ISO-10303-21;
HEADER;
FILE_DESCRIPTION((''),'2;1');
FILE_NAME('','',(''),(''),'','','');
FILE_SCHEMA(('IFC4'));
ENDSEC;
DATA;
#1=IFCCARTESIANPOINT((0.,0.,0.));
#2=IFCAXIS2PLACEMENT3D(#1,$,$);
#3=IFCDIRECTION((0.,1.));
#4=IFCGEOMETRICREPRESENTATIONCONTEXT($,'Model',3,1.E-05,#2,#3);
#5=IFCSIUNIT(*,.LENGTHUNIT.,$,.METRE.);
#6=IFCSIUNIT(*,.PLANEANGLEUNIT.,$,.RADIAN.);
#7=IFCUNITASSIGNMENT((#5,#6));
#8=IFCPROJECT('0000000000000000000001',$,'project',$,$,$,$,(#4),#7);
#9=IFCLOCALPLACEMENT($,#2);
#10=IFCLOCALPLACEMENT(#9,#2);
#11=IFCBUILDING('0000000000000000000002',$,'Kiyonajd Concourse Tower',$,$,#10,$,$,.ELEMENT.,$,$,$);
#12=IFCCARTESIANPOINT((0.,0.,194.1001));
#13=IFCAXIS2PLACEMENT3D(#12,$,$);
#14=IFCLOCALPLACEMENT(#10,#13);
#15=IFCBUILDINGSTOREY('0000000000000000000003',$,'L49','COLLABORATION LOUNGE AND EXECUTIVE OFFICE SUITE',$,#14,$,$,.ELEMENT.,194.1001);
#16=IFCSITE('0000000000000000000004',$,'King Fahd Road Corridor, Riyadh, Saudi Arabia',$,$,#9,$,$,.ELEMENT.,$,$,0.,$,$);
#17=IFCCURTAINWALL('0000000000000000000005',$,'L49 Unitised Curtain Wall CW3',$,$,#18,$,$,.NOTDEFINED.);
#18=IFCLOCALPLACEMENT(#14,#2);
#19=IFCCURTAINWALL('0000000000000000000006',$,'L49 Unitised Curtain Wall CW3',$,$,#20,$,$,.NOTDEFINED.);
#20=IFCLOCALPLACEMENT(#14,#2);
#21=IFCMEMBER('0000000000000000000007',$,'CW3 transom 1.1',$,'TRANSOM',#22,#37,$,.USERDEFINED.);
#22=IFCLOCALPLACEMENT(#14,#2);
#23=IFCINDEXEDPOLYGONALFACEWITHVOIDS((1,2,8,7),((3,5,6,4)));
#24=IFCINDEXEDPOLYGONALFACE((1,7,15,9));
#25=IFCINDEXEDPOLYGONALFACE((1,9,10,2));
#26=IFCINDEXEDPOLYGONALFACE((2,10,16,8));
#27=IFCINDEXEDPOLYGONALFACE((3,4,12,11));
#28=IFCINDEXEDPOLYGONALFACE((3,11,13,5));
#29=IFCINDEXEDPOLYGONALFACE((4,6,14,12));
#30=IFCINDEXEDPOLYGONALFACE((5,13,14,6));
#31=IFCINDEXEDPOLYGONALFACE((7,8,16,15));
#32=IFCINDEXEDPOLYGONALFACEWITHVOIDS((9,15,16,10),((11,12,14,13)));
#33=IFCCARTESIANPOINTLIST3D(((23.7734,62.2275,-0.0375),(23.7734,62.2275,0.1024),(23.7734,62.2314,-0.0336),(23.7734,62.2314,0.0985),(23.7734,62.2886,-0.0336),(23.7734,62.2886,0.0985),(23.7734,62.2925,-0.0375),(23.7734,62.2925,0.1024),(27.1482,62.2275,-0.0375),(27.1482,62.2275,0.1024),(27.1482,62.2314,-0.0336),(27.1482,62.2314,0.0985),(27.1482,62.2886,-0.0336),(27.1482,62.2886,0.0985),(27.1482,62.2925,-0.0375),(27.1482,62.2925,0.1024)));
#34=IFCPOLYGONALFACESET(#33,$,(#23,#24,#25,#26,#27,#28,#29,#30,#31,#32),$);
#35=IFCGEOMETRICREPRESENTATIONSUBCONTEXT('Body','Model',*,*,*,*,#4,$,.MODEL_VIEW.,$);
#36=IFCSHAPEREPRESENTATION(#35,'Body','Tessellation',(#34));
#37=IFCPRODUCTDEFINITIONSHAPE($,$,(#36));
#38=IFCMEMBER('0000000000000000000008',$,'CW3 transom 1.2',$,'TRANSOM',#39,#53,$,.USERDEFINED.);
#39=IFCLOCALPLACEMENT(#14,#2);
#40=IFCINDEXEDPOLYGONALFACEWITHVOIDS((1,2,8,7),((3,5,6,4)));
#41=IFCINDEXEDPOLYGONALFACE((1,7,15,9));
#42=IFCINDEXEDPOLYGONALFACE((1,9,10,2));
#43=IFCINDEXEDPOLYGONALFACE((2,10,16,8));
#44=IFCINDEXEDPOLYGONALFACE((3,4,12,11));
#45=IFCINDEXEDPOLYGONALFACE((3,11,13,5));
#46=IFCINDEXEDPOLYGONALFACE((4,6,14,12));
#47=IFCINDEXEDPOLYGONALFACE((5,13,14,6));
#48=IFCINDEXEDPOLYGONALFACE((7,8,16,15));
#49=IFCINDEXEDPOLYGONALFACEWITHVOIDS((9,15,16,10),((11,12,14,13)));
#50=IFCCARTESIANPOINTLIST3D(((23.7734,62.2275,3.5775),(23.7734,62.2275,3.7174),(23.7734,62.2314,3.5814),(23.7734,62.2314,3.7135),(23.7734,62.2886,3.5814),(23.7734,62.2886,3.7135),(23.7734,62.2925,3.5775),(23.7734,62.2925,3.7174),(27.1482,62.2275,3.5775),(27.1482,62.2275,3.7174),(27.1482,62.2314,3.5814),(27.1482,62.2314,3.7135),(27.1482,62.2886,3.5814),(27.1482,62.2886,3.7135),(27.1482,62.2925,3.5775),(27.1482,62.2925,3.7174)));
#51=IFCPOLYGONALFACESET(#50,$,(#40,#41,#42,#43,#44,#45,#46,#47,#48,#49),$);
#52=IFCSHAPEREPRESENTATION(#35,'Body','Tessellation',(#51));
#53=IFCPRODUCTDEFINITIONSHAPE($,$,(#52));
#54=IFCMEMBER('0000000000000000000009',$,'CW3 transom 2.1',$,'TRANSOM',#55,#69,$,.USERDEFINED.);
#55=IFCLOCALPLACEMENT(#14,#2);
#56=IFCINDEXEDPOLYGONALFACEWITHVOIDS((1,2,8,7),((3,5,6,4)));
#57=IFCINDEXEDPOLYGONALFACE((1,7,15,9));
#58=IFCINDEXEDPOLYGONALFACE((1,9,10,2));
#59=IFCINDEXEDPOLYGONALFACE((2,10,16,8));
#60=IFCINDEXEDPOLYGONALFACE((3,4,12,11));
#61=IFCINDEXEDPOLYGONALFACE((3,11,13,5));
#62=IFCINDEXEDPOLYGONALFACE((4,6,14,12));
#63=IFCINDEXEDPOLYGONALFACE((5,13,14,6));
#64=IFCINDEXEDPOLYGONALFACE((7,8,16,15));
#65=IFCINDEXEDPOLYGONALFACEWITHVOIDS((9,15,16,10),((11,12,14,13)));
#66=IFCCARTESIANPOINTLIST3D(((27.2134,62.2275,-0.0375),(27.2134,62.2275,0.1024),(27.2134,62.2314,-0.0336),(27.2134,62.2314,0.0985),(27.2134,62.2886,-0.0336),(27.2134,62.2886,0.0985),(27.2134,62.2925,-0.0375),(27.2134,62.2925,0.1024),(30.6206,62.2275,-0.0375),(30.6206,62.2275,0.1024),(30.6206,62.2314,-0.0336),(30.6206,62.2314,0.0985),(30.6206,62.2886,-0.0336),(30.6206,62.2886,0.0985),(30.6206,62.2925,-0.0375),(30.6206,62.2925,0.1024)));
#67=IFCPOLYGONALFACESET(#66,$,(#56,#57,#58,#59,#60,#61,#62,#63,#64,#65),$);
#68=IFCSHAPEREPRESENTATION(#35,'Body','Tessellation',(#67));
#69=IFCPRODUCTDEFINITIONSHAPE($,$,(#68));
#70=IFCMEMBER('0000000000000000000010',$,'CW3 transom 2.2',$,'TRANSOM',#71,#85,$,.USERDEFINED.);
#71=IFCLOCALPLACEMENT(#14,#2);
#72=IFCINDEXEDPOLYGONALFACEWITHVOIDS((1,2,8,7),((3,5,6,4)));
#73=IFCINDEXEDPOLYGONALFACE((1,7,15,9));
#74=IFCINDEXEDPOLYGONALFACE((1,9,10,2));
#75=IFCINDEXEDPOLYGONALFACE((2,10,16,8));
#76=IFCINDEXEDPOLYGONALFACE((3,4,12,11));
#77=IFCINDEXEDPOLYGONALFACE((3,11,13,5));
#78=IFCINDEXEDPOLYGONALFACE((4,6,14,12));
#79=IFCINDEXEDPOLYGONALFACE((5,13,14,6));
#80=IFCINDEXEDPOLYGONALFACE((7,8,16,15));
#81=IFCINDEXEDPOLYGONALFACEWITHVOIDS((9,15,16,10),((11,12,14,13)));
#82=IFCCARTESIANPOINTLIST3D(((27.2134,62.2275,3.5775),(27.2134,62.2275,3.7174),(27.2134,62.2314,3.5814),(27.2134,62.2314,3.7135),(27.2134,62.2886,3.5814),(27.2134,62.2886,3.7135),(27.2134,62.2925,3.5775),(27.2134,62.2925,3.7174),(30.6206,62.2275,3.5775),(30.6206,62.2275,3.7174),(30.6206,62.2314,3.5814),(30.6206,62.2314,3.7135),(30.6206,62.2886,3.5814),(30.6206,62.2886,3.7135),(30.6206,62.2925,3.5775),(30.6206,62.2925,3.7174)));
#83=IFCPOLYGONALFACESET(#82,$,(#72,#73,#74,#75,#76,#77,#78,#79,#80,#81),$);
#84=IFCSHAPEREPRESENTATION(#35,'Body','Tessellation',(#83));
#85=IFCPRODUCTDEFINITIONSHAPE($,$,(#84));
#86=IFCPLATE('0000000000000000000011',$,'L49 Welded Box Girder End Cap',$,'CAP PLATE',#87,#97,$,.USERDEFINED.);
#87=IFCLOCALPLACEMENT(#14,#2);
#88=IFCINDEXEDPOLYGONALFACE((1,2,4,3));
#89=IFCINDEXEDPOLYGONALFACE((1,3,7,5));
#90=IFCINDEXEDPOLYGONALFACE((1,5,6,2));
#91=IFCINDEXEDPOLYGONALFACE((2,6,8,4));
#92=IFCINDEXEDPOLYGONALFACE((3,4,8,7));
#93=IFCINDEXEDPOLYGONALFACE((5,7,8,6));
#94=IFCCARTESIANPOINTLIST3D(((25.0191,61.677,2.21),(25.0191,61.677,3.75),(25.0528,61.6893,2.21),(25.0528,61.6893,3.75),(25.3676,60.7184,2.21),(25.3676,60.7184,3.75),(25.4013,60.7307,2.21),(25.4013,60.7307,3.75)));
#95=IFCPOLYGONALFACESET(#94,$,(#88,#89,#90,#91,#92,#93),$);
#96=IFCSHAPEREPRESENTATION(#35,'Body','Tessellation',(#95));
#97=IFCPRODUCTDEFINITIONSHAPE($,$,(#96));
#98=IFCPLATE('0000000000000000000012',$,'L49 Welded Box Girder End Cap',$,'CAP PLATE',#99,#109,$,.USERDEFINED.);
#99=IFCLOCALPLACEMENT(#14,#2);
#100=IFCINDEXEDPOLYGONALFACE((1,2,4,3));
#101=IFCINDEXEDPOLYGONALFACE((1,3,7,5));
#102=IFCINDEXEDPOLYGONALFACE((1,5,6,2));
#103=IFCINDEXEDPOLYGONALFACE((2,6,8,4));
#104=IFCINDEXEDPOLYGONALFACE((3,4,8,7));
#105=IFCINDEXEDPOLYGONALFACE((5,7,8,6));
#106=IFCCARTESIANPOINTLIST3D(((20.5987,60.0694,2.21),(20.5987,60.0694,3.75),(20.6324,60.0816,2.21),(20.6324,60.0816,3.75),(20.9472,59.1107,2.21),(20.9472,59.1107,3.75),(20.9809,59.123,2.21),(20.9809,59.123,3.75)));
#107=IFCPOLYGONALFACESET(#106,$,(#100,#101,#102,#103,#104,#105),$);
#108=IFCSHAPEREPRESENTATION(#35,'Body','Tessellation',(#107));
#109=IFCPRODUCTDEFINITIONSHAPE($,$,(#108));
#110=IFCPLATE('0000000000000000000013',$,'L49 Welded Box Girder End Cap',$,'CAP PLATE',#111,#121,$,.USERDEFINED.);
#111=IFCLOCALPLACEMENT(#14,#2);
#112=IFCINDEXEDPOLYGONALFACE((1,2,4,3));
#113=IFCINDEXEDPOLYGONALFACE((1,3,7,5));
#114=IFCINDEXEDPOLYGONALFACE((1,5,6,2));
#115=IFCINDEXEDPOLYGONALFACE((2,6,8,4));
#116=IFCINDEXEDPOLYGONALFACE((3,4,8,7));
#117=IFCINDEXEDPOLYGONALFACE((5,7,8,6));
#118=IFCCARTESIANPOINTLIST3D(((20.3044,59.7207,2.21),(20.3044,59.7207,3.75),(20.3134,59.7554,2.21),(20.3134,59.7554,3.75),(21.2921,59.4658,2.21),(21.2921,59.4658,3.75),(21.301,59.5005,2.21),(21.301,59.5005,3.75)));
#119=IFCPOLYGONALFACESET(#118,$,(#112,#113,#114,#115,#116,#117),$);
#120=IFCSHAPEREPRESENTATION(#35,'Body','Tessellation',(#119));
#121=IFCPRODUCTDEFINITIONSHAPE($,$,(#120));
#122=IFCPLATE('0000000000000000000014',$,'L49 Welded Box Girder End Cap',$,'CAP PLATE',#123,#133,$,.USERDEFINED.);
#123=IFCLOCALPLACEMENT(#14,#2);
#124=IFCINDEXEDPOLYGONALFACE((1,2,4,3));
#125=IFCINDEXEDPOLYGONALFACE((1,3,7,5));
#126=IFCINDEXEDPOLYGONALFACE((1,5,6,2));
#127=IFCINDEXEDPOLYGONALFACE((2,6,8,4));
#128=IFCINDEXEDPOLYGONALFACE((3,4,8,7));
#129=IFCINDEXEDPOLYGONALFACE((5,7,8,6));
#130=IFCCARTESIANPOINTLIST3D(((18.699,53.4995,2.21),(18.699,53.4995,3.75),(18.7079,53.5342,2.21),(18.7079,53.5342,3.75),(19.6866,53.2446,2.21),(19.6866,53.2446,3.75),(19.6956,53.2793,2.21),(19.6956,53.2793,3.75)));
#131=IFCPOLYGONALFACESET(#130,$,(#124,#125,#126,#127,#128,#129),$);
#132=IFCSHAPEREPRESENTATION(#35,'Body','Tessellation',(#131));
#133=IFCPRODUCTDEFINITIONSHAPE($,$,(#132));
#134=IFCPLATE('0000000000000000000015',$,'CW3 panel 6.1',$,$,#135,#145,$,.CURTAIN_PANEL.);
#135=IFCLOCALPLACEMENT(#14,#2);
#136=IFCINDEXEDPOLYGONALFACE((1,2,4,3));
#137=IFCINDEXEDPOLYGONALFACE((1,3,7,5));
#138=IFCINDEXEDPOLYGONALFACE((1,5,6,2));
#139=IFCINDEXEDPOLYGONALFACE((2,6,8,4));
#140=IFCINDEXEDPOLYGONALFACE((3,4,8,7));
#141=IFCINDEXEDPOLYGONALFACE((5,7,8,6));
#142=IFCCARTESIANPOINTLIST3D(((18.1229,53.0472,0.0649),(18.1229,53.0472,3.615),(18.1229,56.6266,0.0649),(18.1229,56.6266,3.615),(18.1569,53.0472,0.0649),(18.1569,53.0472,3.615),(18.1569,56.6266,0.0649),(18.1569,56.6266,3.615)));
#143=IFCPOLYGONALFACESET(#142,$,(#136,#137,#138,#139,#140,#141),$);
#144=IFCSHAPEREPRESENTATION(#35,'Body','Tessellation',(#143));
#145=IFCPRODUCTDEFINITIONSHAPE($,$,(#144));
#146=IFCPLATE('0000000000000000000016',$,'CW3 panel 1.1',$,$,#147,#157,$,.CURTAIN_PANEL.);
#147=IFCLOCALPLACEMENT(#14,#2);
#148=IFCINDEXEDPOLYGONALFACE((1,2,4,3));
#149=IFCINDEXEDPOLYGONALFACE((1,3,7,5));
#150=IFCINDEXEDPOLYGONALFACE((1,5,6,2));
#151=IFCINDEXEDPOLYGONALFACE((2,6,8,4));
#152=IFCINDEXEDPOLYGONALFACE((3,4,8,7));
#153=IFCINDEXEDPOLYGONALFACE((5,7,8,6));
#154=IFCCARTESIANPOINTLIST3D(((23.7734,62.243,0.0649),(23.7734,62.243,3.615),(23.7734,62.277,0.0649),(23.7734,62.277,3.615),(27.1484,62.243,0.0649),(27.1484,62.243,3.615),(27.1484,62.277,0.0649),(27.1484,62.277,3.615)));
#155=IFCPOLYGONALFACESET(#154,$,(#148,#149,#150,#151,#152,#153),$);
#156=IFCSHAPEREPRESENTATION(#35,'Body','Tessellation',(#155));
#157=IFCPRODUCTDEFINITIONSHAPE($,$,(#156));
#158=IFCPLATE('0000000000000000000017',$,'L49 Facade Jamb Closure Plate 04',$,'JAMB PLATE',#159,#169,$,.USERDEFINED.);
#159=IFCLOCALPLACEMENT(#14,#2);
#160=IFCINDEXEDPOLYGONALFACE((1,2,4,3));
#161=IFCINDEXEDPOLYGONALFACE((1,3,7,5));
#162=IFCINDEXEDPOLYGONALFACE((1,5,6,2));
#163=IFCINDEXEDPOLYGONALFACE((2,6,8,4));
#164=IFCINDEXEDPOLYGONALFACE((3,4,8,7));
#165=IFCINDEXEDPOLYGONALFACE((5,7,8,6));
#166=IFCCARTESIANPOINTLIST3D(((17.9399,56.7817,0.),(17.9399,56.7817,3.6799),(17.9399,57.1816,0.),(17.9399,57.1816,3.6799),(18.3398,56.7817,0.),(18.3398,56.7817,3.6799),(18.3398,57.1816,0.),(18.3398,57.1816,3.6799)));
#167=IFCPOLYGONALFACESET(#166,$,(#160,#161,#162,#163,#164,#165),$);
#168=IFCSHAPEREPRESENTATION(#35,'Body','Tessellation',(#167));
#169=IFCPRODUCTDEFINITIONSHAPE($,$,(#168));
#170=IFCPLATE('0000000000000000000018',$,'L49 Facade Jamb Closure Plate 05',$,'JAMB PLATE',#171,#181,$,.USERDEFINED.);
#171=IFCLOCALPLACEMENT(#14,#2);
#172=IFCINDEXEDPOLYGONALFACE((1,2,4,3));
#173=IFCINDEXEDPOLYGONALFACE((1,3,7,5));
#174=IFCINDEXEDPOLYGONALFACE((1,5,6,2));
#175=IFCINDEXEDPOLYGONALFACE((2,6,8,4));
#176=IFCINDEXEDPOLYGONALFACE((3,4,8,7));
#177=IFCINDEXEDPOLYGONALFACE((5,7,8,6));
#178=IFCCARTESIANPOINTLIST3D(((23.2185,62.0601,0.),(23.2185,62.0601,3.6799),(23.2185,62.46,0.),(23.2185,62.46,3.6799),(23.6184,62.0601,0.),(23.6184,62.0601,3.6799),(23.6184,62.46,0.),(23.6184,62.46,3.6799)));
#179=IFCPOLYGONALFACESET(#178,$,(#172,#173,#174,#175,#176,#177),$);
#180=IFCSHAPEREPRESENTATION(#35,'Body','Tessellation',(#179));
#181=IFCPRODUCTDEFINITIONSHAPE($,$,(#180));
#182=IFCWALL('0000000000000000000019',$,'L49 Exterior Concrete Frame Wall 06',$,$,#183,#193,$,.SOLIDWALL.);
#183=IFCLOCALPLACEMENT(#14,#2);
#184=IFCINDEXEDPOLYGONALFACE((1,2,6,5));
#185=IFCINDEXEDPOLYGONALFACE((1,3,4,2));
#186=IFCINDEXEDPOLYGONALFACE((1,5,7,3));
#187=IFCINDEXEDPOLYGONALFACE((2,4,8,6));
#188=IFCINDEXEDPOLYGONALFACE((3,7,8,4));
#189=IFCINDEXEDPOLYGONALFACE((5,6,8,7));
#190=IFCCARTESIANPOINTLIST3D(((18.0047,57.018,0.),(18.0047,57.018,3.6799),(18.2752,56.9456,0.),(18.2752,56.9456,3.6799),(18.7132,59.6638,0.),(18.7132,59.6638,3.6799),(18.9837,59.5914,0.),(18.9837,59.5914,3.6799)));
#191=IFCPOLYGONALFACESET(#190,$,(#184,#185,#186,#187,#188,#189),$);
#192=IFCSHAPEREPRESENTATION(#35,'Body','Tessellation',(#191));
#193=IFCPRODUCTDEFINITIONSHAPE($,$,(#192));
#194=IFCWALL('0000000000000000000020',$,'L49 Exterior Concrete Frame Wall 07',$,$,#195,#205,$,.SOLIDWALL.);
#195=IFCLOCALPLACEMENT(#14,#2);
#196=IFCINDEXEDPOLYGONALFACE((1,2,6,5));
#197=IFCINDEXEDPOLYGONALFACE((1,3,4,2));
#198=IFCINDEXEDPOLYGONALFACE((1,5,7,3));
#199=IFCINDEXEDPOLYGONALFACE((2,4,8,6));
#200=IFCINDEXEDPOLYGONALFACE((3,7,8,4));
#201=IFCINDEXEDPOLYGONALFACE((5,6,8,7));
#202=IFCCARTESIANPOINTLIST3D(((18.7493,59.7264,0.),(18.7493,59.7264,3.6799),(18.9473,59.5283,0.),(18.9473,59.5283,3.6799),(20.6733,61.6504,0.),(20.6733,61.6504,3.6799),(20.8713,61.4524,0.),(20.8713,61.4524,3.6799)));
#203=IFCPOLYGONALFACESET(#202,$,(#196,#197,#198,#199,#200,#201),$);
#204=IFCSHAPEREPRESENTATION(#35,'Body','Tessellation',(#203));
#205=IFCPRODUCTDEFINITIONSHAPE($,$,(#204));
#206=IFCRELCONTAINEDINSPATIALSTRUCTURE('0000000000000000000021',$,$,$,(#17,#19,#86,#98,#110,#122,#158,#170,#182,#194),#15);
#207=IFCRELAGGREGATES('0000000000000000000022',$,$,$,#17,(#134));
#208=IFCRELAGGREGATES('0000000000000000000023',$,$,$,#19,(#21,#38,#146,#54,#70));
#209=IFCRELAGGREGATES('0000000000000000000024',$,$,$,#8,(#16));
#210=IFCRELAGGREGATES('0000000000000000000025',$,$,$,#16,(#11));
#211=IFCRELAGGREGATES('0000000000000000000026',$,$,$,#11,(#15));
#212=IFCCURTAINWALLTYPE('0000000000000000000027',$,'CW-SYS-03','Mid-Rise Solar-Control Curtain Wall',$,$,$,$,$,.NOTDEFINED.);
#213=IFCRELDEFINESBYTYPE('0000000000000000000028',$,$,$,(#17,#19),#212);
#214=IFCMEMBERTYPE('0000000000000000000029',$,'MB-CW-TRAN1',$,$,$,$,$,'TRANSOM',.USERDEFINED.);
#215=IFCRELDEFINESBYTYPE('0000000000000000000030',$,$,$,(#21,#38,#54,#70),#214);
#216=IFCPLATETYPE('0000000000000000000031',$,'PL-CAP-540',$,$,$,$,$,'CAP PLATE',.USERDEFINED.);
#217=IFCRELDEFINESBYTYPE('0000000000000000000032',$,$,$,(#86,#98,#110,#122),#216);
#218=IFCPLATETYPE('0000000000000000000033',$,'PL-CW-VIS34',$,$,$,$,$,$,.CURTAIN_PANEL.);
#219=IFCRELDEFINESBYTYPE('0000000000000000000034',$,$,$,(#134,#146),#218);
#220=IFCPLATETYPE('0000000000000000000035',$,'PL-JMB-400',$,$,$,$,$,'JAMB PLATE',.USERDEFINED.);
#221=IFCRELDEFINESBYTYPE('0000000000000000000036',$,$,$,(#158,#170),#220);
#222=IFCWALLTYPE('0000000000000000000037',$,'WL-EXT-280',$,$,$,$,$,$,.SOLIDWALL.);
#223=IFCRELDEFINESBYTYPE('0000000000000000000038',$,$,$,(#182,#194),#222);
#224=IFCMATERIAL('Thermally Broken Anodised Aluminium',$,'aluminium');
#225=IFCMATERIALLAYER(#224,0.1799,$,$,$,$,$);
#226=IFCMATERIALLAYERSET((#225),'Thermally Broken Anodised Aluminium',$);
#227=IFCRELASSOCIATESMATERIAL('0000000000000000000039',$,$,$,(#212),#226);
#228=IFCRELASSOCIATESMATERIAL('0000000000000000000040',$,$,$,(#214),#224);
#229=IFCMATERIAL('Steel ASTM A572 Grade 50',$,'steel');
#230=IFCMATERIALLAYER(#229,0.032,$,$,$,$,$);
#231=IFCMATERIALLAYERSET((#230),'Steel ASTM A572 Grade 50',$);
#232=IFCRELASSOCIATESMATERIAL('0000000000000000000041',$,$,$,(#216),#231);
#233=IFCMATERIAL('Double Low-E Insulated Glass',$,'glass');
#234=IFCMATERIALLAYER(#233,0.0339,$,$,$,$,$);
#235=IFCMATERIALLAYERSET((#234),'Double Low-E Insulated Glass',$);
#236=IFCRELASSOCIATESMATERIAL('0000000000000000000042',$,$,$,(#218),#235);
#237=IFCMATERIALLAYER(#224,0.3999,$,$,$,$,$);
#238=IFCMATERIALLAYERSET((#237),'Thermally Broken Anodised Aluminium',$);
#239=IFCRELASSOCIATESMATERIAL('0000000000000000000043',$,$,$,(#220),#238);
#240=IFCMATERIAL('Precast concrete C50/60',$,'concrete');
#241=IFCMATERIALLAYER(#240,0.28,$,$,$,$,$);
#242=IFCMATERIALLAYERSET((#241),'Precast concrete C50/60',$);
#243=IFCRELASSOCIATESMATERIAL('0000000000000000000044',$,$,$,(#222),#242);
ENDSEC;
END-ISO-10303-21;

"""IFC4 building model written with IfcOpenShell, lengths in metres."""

from ifc_helpers import new_model, si_unit, direction, frame, frame_2d, origin, origin_2d, place, context, subcontext, project, spatial, rectangle, hollow_rectangle, extrude, material, layer, layer_set, material_profile, profile_set, type_object, element, aggregate, save


model = new_model("IFC4")

# Units and contexts
model_context = context("Model", 3, precision=1e-05, world=origin(), true_north=direction((0.0, 1.0)))
body_context = subcontext(model_context, "Body", "Model", "MODEL_VIEW")
ifc_project = project(units=[si_unit("LENGTHUNIT", "METRE"), si_unit("PLANEANGLEUNIT", "RADIAN")], contexts=[model_context])

# Site, building, storey
site_placement = place(None, origin())
site = spatial("IfcSite", under=ifc_project, at=site_placement, Name="King Fahd Road Corridor, Riyadh, Saudi Arabia", CompositionType="ELEMENT", RefElevation=0.0)
building_placement = place(site_placement, origin())
building = spatial("IfcBuilding", under=site, at=building_placement, Name="Kiyonajd Concourse Tower", CompositionType="ELEMENT")
storey_placement = place(building_placement, frame((0.0, 0.0, 194.1001)))
storey = spatial("IfcBuildingStorey", under=building, at=storey_placement, Name="L49", Description="COLLABORATION LOUNGE AND EXECUTIVE OFFICE SUITE", CompositionType="ELEMENT", Elevation=194.1001)

# Shared definitions
ifc_material_1 = material(Name="Steel ASTM A572 Grade 50", Category="steel")

# Curtain wall
ifc_material_2 = material(Name="Thermally Broken Anodised Aluminium", Category="aluminium")
ifc_layer_1 = layer(ifc_material_2, 0.1799)
ifc_layer_set_1 = layer_set([ifc_layer_1], Name="Thermally Broken Anodised Aluminium")
curtain_wall_type = type_object("IfcCurtainWallType", Name="CW-SYS-03", Description="Mid-Rise Solar-Control Curtain Wall", PredefinedType="NOTDEFINED", material=ifc_layer_set_1)
curtain_wall_1_placement = place(storey_placement, origin())
curtain_wall_1 = element("IfcCurtainWall", 1, at=curtain_wall_1_placement, inside=storey, type_object=curtain_wall_type, Name="L49 Unitised Curtain Wall CW3", PredefinedType="NOTDEFINED")

# Curtain wall, members
curtain_wall_2_placement = place(storey_placement, origin())
curtain_wall_2 = element("IfcCurtainWall", 2, at=curtain_wall_2_placement, inside=storey, type_object=curtain_wall_type, Name="L49 Unitised Curtain Wall CW3", PredefinedType="NOTDEFINED")
ifc_material_profile_1 = material_profile(ifc_material_2, hollow_rectangle(XDim=0.0649, YDim=0.1399, WallThickness=0.0039, at=origin_2d()), Name="TRAN-65x140")
ifc_profile_set_1 = profile_set([ifc_material_profile_1], Name="Thermally Broken Anodised Aluminium")
member_type_1 = type_object("IfcMemberType", Name="MB-CW-TRAN1", ElementType="TRANSOM", PredefinedType="USERDEFINED", material=ifc_profile_set_1)
member_1_placement = place(storey_placement, frame((23.7734, 62.26, 0.0325), z_axis=(1.0, 0.0, 0.0), x_axis=(0.0, 1.0, 0.0)))
member_1 = element("IfcMember", 3, at=member_1_placement, type_object=member_type_1, Name="CW3 transom 1.1", ObjectType="TRANSOM", PredefinedType="USERDEFINED", context=body_context, shape_type="SweptSolid", body=[
    extrude(hollow_rectangle(XDim=0.0649, YDim=0.1399, WallThickness=0.0039, at=origin_2d()), origin(), (0.0, 0.0, 1.0), 3.3748),
])
member_2_placement = place(storey_placement, frame((23.7734, 62.26, 3.6475), z_axis=(1.0, 0.0, 0.0), x_axis=(0.0, 1.0, 0.0)))
member_2 = element("IfcMember", 4, at=member_2_placement, type_object=member_type_1, Name="CW3 transom 1.2", ObjectType="TRANSOM", PredefinedType="USERDEFINED", context=body_context, shape_type="SweptSolid", body=[
    extrude(hollow_rectangle(XDim=0.0649, YDim=0.1399, WallThickness=0.0039, at=origin_2d()), origin(), (0.0, 0.0, 1.0), 3.3748),
])
member_3_placement = place(storey_placement, frame((27.2134, 62.26, 0.0325), z_axis=(1.0, 0.0, 0.0), x_axis=(0.0, 1.0, 0.0)))
member_3 = element("IfcMember", 5, at=member_3_placement, type_object=member_type_1, Name="CW3 transom 2.1", ObjectType="TRANSOM", PredefinedType="USERDEFINED", context=body_context, shape_type="SweptSolid", body=[
    extrude(hollow_rectangle(XDim=0.0649, YDim=0.1399, WallThickness=0.0039, at=origin_2d()), origin(), (0.0, 0.0, 1.0), 3.4072),
])
member_4_placement = place(storey_placement, frame((27.2134, 62.26, 3.6475), z_axis=(1.0, 0.0, 0.0), x_axis=(0.0, 1.0, 0.0)))
member_4 = element("IfcMember", 6, at=member_4_placement, type_object=member_type_1, Name="CW3 transom 2.2", ObjectType="TRANSOM", PredefinedType="USERDEFINED", context=body_context, shape_type="SweptSolid", body=[
    extrude(hollow_rectangle(XDim=0.0649, YDim=0.1399, WallThickness=0.0039, at=origin_2d()), origin(), (0.0, 0.0, 1.0), 3.4072),
])

# Plates
ifc_layer_2 = layer(ifc_material_1, 0.032)
ifc_layer_set_2 = layer_set([ifc_layer_2], Name="Steel ASTM A572 Grade 50")
plate_type_1 = type_object("IfcPlateType", Name="PL-CAP-540", ElementType="CAP PLATE", PredefinedType="USERDEFINED", material=ifc_layer_set_2)
for number, where, z_axis, x_axis, name in (
    (7, (25.2102, 61.2039, 2.21), (0.0, 0.0, 1.0), (0.939812, 0.341692, 0.0), "L49 Welded Box Girder End Cap"),
    (8, (20.7898, 59.5962, 2.21), (0.0, 0.0, 1.0), (-0.939812, -0.341692, 0.0), "L49 Welded Box Girder End Cap"),
    (9, (20.8027, 59.6106, 2.21), (0.0, 0.0, 1.0), (0.249873, 0.968279, 0.0), "L49 Welded Box Girder End Cap"),
    (10, (19.1973, 53.3894, 2.21), (0.0, 0.0, 1.0), (-0.249873, -0.968279, 0.0), "L49 Welded Box Girder End Cap"),
):
    element("IfcPlate", number, at=place(storey_placement, frame(where, z_axis=z_axis, x_axis=x_axis)), inside=storey, type_object=plate_type_1, Name=name, ObjectType="CAP PLATE", PredefinedType="USERDEFINED", context=body_context, shape_type="SweptSolid", body=[
        extrude(rectangle(XDim=0.0359, YDim=1.02, at=origin_2d()), origin(), (0.0, 0.0, 1.0), 1.54),
    ])

# Plates
ifc_material_3 = material(Name="Double Low-E Insulated Glass", Category="glass")
ifc_layer_3 = layer(ifc_material_3, 0.0339)
ifc_layer_set_3 = layer_set([ifc_layer_3], Name="Double Low-E Insulated Glass")
plate_type_2 = type_object("IfcPlateType", Name="PL-CW-VIS34", PredefinedType="CURTAIN_PANEL", material=ifc_layer_set_3)
plate_1_placement = place(storey_placement, frame((18.1399, 54.8369, 0.0649), z_axis=(0.0, 0.0, 1.0), x_axis=(0.0, 1.0, 0.0)))
plate_1 = element("IfcPlate", 11, at=plate_1_placement, type_object=plate_type_2, Name="CW3 panel 6.1", PredefinedType="CURTAIN_PANEL", context=body_context, shape_type="SweptSolid", body=[
    extrude(rectangle(XDim=3.5793, YDim=0.0339, at=origin_2d()), origin(), (0.0, 0.0, 1.0), 3.55),
])
aggregate(curtain_wall_1, [plate_1])
plate_2_placement = place(storey_placement, frame((25.4609, 62.26, 0.0649), z_axis=(0.0, 0.0, 1.0), x_axis=(1.0, 0.0, 0.0)))
plate_2 = element("IfcPlate", 12, at=plate_2_placement, type_object=plate_type_2, Name="CW3 panel 1.1", PredefinedType="CURTAIN_PANEL", context=body_context, shape_type="SweptSolid", body=[
    extrude(rectangle(XDim=3.375, YDim=0.0339, at=origin_2d()), origin(), (0.0, 0.0, 1.0), 3.55),
])
aggregate(curtain_wall_2, [member_1, member_2, plate_2, member_3, member_4])

# Plates
ifc_layer_4 = layer(ifc_material_2, 0.3999)
ifc_layer_set_4 = layer_set([ifc_layer_4], Name="Thermally Broken Anodised Aluminium")
plate_type_3 = type_object("IfcPlateType", Name="PL-JMB-400", ElementType="JAMB PLATE", PredefinedType="USERDEFINED", material=ifc_layer_set_4)
for number, where, z_axis, x_axis, name in (
    (13, (18.1399, 56.9817, 0.0), (0.0, 0.0, 1.0), (1.0, 0.0, 0.0), "L49 Facade Jamb Closure Plate 04"),
    (14, (23.4185, 62.26, 0.0), (0.0, 0.0, 1.0), (1.0, 0.0, 0.0), "L49 Facade Jamb Closure Plate 05"),
):
    element("IfcPlate", number, at=place(storey_placement, frame(where, z_axis=z_axis, x_axis=x_axis)), inside=storey, type_object=plate_type_3, Name=name, ObjectType="JAMB PLATE", PredefinedType="USERDEFINED", context=body_context, shape_type="SweptSolid", body=[
        extrude(rectangle(XDim=0.3999, YDim=0.3999, at=origin_2d()), origin(), (0.0, 0.0, 1.0), 3.6799),
    ])

# Walls
ifc_material_4 = material(Name="Precast concrete C50/60", Category="concrete")
ifc_layer_5 = layer(ifc_material_4, 0.28)
ifc_layer_set_5 = layer_set([ifc_layer_5], Name="Precast concrete C50/60")
wall_type = type_object("IfcWallType", Name="WL-EXT-280", PredefinedType="SOLIDWALL", material=ifc_layer_set_5)
wall_1_placement = place(storey_placement, frame((18.1399, 56.9817, 0.0), z_axis=(0.0, 0.0, 1.0), x_axis=(0.258672, 0.965965, 0.0)))
element("IfcWall", 15, at=wall_1_placement, inside=storey, type_object=wall_type, Name="L49 Exterior Concrete Frame Wall 06", PredefinedType="SOLIDWALL", context=body_context, shape_type="SweptSolid", body=[
    extrude(rectangle(XDim=2.739, YDim=0.28, at=frame_2d((1.3696, 0.0))), origin(), (0.0, 0.0, 1.0), 3.6799),
])
wall_2_placement = place(storey_placement, frame((18.8484, 59.6274, 0.0), z_axis=(0.0, 0.0, 1.0), x_axis=(0.707107, 0.707107, 0.0)))
element("IfcWall", 16, at=wall_2_placement, inside=storey, type_object=wall_type, Name="L49 Exterior Concrete Frame Wall 07", PredefinedType="SOLIDWALL", context=body_context, shape_type="SweptSolid", body=[
    extrude(rectangle(XDim=2.7209, YDim=0.28, at=frame_2d((1.3604, 0.0))), origin(), (0.0, 0.0, 1.0), 3.6799),
])

save(model, "model.ifc")
